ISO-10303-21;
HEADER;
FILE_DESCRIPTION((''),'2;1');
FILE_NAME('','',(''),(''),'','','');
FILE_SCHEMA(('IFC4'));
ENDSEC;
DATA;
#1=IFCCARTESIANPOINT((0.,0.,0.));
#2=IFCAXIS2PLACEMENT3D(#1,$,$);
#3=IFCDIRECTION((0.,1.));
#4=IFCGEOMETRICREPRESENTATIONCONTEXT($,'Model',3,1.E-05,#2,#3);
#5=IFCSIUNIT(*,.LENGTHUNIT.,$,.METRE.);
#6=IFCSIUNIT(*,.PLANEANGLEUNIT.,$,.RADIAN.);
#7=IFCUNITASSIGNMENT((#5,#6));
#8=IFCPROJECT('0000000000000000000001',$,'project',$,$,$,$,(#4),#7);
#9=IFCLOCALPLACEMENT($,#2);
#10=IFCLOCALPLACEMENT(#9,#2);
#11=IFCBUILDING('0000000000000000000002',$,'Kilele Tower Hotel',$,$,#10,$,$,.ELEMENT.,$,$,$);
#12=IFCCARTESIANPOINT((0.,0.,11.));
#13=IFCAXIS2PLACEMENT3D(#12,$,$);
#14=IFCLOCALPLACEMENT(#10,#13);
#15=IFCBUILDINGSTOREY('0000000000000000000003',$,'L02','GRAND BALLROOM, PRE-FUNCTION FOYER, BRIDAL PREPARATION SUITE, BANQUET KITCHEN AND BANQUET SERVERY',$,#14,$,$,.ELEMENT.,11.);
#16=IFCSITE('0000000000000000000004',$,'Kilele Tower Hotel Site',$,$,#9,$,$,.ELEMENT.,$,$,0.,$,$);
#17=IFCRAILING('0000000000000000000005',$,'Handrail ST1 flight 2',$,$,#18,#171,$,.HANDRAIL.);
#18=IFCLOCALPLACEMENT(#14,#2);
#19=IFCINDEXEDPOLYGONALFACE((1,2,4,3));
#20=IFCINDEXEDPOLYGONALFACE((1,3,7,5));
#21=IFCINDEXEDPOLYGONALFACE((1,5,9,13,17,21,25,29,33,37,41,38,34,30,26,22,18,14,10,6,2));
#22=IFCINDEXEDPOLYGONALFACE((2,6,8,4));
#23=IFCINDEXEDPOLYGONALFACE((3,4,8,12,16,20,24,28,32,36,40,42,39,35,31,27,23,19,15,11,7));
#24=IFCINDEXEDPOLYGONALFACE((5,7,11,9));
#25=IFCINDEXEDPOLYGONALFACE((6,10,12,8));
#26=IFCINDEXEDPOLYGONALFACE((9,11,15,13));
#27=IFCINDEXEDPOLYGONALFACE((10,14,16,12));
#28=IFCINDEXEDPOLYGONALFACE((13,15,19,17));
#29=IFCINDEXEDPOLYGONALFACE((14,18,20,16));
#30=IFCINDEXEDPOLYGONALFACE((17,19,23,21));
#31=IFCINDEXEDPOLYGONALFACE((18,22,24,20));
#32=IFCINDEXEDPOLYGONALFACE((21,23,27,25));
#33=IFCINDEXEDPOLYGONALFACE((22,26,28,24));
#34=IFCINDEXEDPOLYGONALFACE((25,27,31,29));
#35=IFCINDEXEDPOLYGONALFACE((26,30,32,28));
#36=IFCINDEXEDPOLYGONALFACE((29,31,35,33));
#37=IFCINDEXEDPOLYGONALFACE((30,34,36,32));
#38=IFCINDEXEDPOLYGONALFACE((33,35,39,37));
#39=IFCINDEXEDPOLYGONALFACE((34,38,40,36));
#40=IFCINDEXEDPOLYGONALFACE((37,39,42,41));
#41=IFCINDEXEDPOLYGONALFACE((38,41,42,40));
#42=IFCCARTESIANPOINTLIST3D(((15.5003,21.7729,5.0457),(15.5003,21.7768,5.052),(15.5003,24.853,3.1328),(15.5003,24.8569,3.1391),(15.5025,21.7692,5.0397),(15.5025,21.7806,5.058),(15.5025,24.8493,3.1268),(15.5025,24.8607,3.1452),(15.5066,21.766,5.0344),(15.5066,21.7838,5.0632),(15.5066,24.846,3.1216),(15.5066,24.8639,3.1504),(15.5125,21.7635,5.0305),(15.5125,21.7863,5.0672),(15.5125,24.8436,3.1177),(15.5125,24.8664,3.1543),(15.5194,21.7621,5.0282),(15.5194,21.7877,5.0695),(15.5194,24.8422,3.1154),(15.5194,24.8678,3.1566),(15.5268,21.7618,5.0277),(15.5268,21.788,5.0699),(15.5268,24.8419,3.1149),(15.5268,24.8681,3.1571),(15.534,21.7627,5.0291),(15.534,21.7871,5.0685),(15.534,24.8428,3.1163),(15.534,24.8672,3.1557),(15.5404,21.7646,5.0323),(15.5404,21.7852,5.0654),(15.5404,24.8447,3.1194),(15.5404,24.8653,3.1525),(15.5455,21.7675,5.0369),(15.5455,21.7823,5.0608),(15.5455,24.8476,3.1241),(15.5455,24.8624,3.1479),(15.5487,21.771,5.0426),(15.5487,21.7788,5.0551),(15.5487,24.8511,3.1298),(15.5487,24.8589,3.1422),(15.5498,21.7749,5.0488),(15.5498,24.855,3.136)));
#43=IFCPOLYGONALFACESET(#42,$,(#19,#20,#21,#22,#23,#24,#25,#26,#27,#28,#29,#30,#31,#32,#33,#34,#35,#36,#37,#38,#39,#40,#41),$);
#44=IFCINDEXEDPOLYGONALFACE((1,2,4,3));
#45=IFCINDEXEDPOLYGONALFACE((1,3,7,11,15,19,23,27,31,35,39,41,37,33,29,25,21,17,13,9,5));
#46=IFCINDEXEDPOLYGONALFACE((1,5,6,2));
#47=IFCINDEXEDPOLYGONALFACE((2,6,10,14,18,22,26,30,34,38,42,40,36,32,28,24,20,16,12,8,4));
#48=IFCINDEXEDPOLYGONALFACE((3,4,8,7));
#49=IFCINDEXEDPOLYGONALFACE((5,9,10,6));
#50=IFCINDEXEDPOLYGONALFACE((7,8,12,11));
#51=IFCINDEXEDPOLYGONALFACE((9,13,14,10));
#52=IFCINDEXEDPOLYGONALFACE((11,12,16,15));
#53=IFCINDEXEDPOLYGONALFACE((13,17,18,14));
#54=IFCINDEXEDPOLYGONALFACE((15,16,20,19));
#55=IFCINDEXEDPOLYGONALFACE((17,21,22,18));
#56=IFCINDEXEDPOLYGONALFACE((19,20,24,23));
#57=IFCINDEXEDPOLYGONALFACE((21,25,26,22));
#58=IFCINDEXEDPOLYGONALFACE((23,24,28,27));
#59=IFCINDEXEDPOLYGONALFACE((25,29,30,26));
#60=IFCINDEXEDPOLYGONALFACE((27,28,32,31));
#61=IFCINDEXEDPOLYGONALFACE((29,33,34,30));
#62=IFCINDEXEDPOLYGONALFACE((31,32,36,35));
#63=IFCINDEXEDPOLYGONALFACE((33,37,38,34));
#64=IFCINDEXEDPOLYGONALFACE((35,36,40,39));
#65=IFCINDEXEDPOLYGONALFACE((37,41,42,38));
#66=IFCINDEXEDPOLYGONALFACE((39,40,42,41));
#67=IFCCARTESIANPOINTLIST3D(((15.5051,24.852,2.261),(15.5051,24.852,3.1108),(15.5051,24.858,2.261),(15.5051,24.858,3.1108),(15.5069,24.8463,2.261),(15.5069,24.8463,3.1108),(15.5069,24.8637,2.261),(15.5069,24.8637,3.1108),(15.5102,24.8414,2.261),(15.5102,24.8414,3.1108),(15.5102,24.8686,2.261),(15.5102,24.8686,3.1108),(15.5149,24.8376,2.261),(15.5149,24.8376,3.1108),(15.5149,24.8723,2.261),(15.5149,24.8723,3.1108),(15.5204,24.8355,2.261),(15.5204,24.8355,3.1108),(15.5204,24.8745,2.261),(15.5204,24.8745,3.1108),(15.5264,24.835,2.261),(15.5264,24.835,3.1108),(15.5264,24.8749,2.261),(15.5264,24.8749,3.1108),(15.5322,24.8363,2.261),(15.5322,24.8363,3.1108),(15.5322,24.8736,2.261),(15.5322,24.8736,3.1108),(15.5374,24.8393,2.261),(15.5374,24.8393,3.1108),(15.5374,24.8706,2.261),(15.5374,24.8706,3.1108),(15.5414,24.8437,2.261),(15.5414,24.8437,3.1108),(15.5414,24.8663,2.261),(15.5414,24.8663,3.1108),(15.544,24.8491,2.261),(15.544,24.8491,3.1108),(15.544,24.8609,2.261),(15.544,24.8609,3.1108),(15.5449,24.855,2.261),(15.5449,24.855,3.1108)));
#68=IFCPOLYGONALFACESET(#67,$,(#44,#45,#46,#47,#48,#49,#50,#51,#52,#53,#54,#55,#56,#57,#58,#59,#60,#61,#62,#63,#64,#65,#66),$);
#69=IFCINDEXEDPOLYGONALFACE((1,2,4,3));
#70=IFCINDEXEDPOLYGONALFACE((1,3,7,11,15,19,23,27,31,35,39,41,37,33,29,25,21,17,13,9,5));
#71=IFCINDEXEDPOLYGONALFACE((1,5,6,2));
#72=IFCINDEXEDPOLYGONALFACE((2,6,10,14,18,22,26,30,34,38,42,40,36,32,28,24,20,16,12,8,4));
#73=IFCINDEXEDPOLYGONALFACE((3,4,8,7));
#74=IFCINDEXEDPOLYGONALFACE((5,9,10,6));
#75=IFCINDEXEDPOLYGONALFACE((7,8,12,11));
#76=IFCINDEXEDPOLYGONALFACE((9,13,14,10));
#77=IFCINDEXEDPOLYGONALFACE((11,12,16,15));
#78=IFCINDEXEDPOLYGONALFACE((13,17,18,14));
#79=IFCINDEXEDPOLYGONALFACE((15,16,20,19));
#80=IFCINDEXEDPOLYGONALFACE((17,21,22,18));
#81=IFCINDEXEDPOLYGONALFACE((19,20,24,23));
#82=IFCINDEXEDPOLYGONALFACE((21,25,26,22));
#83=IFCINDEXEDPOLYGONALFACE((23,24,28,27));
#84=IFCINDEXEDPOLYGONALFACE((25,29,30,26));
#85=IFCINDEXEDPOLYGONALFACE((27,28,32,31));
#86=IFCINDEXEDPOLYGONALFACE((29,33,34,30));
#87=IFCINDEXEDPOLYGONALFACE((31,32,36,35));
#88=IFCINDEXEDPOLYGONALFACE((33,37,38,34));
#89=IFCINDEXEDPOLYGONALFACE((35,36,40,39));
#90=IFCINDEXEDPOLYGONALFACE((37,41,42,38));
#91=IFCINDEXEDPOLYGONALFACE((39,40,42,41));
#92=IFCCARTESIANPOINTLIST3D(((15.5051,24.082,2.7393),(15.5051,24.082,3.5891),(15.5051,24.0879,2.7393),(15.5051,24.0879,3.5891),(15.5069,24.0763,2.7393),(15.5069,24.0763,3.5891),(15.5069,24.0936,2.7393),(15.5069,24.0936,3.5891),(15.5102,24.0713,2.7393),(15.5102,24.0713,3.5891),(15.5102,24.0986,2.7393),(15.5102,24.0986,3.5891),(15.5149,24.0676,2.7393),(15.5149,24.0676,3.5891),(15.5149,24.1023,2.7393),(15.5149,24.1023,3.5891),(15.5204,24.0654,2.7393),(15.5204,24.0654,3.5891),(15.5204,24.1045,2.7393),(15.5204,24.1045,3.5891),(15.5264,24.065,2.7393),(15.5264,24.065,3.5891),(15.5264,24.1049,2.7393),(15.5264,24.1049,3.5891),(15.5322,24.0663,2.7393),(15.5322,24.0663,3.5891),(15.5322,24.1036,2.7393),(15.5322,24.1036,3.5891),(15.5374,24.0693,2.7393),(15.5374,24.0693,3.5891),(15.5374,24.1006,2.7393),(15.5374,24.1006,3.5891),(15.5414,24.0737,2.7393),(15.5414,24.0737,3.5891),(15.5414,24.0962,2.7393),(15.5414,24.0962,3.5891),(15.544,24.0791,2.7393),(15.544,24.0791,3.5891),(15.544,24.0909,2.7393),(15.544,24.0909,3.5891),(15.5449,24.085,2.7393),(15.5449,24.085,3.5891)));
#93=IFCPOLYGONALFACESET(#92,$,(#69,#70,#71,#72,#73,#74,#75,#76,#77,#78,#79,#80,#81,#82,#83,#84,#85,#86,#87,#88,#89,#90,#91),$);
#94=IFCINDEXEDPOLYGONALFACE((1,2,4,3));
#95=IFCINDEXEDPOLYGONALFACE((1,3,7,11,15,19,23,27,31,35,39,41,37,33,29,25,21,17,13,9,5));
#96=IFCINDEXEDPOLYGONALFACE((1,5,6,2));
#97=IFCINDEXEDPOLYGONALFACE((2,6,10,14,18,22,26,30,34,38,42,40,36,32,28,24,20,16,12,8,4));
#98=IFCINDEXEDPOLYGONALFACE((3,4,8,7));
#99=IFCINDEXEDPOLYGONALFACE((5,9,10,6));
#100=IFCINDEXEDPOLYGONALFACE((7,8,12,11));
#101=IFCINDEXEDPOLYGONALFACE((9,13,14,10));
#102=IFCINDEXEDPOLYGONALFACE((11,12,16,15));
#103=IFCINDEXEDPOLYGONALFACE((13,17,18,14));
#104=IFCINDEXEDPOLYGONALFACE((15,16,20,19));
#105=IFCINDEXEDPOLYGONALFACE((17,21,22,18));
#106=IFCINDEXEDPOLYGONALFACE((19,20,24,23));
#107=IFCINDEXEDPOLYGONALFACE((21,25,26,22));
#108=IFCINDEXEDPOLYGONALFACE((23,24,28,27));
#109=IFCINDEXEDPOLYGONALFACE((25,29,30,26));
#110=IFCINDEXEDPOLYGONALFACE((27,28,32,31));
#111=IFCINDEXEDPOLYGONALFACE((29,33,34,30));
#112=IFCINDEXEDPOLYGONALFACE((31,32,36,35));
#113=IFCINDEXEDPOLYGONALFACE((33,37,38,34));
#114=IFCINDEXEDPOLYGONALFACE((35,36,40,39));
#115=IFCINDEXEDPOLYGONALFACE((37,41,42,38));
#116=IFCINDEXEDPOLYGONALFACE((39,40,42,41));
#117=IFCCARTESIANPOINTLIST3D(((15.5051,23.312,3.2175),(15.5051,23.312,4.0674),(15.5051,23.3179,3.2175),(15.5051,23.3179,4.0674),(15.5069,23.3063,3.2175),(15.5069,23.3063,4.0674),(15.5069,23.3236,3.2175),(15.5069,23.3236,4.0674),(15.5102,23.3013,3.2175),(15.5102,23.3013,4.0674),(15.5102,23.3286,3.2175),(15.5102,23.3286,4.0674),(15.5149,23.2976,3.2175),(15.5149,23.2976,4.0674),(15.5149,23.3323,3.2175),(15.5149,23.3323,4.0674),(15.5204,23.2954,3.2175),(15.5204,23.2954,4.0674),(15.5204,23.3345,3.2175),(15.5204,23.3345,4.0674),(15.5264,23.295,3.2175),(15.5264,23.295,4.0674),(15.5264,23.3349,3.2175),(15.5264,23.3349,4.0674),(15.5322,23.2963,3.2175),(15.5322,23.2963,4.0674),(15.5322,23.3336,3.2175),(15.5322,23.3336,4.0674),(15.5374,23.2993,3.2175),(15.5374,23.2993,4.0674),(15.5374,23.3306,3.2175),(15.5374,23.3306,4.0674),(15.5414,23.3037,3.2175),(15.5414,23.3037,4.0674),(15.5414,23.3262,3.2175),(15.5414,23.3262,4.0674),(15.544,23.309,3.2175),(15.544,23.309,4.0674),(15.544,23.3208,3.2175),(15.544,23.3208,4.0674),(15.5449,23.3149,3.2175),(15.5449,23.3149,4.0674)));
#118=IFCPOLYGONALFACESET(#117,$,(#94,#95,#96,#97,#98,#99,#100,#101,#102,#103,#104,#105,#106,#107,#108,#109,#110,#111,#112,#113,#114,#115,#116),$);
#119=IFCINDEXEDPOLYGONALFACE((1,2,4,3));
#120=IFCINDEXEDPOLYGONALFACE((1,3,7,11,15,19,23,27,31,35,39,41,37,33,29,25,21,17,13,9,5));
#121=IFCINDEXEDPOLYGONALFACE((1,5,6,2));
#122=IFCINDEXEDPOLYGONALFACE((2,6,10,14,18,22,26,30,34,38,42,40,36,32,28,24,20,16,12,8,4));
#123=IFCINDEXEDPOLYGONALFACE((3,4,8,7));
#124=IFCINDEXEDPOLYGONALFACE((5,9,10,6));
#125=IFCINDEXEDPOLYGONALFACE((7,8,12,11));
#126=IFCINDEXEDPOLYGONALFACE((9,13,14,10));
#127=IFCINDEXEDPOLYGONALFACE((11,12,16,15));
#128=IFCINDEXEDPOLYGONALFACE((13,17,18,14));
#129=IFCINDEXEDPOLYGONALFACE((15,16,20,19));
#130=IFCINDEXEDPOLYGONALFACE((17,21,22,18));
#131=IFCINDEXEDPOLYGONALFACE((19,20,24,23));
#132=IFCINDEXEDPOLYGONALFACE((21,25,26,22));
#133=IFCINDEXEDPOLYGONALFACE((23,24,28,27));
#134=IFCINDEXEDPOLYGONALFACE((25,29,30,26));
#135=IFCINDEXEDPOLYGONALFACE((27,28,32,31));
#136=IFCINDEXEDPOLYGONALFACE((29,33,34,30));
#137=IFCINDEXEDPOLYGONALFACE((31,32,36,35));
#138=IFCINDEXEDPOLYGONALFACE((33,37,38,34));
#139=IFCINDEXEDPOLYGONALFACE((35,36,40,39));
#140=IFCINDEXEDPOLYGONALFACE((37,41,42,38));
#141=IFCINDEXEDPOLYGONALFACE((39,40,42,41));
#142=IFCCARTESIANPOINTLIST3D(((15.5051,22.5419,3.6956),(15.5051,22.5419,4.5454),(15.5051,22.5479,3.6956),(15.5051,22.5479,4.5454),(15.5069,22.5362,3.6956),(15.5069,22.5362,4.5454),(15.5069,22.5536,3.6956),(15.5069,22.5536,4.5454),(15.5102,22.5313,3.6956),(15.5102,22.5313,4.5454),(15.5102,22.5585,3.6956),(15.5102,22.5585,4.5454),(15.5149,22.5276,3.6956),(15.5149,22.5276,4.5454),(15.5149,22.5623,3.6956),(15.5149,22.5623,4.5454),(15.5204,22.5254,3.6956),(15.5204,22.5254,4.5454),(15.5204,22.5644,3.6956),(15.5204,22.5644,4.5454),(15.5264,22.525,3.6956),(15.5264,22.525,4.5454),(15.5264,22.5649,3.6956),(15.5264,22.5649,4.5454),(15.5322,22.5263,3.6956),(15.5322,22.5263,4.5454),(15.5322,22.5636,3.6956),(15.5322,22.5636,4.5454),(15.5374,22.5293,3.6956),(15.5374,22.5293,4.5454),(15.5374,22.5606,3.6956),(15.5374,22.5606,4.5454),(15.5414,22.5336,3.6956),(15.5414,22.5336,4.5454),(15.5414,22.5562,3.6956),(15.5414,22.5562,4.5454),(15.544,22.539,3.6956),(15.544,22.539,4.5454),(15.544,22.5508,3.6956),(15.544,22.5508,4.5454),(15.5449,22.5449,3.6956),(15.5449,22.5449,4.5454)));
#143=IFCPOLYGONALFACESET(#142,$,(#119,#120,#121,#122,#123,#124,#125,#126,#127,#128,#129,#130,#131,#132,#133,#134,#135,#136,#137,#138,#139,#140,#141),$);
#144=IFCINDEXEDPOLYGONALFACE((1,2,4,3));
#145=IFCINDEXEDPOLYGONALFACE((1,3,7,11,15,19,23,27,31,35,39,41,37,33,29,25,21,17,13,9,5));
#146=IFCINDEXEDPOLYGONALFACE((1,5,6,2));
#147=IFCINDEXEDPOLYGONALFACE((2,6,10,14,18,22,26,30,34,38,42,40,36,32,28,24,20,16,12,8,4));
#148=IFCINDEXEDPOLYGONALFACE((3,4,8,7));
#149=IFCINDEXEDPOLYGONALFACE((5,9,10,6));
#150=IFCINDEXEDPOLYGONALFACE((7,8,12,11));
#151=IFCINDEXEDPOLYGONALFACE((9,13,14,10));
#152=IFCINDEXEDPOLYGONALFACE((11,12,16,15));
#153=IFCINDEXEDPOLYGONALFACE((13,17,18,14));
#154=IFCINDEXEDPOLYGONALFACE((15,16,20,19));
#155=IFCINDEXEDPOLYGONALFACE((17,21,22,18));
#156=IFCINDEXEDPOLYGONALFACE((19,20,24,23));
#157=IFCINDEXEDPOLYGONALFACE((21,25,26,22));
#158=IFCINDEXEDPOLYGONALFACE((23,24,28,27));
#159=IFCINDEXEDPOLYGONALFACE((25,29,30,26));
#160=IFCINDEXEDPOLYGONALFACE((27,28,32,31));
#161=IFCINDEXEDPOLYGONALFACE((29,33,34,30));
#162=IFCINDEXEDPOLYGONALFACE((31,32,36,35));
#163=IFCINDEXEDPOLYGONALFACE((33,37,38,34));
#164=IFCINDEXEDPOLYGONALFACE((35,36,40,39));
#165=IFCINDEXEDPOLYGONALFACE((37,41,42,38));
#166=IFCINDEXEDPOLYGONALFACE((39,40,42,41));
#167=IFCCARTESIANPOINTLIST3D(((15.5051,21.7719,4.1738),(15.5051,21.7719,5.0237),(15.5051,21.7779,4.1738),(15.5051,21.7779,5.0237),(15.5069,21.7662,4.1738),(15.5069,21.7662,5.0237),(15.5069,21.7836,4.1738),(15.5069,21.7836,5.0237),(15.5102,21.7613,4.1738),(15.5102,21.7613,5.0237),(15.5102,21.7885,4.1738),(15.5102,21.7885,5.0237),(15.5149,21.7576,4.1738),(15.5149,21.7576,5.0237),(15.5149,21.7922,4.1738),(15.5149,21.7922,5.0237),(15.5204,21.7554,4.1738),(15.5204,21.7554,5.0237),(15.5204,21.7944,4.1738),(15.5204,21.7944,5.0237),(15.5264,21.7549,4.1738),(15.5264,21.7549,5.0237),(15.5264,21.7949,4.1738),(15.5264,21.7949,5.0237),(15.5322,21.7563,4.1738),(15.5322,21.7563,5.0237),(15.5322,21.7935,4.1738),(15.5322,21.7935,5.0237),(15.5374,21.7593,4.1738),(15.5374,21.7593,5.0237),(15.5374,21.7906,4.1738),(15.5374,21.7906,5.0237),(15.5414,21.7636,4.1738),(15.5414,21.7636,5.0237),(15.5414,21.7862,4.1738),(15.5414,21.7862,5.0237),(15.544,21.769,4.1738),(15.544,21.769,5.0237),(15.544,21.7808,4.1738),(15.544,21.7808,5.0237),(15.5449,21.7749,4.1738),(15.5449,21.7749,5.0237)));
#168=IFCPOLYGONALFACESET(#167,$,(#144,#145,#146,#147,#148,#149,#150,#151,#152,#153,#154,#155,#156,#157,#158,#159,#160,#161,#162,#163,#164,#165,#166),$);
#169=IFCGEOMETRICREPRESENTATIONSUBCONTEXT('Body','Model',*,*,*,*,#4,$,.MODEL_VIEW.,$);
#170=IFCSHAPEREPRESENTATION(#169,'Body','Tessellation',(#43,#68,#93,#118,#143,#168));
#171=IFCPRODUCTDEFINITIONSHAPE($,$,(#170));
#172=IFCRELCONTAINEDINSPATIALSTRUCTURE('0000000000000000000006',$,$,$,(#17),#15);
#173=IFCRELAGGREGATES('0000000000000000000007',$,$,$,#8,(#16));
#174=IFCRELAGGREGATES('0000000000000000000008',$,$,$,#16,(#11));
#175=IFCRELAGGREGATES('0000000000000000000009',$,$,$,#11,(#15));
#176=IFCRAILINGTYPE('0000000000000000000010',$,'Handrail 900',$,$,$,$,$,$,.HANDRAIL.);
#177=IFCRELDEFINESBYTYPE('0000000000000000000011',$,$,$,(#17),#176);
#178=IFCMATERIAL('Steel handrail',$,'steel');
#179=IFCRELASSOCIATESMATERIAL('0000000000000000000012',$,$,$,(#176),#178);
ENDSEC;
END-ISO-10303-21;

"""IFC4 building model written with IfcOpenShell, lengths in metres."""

from ifc_helpers import new_model, si_unit, direction, frame, origin, origin_2d, place, context, subcontext, project, spatial, circle, extrude, material, type_object, element, save


model = new_model("IFC4")

# Units and contexts
model_context = context("Model", 3, precision=1e-05, world=origin(), true_north=direction((0.0, 1.0)))
body_context = subcontext(model_context, "Body", "Model", "MODEL_VIEW")
ifc_project = project(units=[si_unit("LENGTHUNIT", "METRE"), si_unit("PLANEANGLEUNIT", "RADIAN")], contexts=[model_context])

# Site, building, storey
site_placement = place(None, origin())
site = spatial("IfcSite", under=ifc_project, at=site_placement, Name="Kilele Tower Hotel Site", CompositionType="ELEMENT", RefElevation=0.0)
building_placement = place(site_placement, origin())
building = spatial("IfcBuilding", under=site, at=building_placement, Name="Kilele Tower Hotel", CompositionType="ELEMENT")
storey_placement = place(building_placement, frame((0.0, 0.0, 11.0)))
storey = spatial("IfcBuildingStorey", under=building, at=storey_placement, Name="L02", Description="GRAND BALLROOM, PRE-FUNCTION FOYER, BRIDAL PREPARATION SUITE, BANQUET KITCHEN AND BANQUET SERVERY", CompositionType="ELEMENT", Elevation=11.0)

# Railing
ifc_material_1 = material(Name="Steel handrail", Category="steel")
railing_type_1 = type_object("IfcRailingType", Name="Handrail 900", PredefinedType="HANDRAIL", material=ifc_material_1)
for number, where, name in (
    (1, (15.5249, 24.855, 2.261), "Handrail ST1 flight 2"),
):
    element("IfcRailing", number, at=place(storey_placement, frame(where)), inside=storey, type_object=railing_type_1, Name=name, PredefinedType="HANDRAIL", context=body_context, shape_type="SweptSolid", body=[
        extrude(circle(Radius=0.0249, at=origin_2d()), frame((0.0, 0.0, 0.875), z_axis=(0.0, -0.849508, 0.527576), x_axis=(1.0, 0.0, 0.0)), (0.0, 0.0, 1.0), 3.6257),
        extrude(circle(Radius=0.02, at=origin_2d()), origin(), (0.0, 0.0, 1.0), 0.8499),
        extrude(circle(Radius=0.02, at=origin_2d()), frame((0.0, -0.77, 0.4783)), (0.0, 0.0, 1.0), 0.8499),
        extrude(circle(Radius=0.02, at=origin_2d()), frame((0.0, -1.54, 0.9565)), (0.0, 0.0, 1.0), 0.8499),
        extrude(circle(Radius=0.02, at=origin_2d()), frame((0.0, -2.3101, 1.4346)), (0.0, 0.0, 1.0), 0.8499),
        extrude(circle(Radius=0.02, at=origin_2d()), frame((0.0, -3.0801, 1.9128)), (0.0, 0.0, 1.0), 0.8499),
    ])

save(model, "model.ifc")
